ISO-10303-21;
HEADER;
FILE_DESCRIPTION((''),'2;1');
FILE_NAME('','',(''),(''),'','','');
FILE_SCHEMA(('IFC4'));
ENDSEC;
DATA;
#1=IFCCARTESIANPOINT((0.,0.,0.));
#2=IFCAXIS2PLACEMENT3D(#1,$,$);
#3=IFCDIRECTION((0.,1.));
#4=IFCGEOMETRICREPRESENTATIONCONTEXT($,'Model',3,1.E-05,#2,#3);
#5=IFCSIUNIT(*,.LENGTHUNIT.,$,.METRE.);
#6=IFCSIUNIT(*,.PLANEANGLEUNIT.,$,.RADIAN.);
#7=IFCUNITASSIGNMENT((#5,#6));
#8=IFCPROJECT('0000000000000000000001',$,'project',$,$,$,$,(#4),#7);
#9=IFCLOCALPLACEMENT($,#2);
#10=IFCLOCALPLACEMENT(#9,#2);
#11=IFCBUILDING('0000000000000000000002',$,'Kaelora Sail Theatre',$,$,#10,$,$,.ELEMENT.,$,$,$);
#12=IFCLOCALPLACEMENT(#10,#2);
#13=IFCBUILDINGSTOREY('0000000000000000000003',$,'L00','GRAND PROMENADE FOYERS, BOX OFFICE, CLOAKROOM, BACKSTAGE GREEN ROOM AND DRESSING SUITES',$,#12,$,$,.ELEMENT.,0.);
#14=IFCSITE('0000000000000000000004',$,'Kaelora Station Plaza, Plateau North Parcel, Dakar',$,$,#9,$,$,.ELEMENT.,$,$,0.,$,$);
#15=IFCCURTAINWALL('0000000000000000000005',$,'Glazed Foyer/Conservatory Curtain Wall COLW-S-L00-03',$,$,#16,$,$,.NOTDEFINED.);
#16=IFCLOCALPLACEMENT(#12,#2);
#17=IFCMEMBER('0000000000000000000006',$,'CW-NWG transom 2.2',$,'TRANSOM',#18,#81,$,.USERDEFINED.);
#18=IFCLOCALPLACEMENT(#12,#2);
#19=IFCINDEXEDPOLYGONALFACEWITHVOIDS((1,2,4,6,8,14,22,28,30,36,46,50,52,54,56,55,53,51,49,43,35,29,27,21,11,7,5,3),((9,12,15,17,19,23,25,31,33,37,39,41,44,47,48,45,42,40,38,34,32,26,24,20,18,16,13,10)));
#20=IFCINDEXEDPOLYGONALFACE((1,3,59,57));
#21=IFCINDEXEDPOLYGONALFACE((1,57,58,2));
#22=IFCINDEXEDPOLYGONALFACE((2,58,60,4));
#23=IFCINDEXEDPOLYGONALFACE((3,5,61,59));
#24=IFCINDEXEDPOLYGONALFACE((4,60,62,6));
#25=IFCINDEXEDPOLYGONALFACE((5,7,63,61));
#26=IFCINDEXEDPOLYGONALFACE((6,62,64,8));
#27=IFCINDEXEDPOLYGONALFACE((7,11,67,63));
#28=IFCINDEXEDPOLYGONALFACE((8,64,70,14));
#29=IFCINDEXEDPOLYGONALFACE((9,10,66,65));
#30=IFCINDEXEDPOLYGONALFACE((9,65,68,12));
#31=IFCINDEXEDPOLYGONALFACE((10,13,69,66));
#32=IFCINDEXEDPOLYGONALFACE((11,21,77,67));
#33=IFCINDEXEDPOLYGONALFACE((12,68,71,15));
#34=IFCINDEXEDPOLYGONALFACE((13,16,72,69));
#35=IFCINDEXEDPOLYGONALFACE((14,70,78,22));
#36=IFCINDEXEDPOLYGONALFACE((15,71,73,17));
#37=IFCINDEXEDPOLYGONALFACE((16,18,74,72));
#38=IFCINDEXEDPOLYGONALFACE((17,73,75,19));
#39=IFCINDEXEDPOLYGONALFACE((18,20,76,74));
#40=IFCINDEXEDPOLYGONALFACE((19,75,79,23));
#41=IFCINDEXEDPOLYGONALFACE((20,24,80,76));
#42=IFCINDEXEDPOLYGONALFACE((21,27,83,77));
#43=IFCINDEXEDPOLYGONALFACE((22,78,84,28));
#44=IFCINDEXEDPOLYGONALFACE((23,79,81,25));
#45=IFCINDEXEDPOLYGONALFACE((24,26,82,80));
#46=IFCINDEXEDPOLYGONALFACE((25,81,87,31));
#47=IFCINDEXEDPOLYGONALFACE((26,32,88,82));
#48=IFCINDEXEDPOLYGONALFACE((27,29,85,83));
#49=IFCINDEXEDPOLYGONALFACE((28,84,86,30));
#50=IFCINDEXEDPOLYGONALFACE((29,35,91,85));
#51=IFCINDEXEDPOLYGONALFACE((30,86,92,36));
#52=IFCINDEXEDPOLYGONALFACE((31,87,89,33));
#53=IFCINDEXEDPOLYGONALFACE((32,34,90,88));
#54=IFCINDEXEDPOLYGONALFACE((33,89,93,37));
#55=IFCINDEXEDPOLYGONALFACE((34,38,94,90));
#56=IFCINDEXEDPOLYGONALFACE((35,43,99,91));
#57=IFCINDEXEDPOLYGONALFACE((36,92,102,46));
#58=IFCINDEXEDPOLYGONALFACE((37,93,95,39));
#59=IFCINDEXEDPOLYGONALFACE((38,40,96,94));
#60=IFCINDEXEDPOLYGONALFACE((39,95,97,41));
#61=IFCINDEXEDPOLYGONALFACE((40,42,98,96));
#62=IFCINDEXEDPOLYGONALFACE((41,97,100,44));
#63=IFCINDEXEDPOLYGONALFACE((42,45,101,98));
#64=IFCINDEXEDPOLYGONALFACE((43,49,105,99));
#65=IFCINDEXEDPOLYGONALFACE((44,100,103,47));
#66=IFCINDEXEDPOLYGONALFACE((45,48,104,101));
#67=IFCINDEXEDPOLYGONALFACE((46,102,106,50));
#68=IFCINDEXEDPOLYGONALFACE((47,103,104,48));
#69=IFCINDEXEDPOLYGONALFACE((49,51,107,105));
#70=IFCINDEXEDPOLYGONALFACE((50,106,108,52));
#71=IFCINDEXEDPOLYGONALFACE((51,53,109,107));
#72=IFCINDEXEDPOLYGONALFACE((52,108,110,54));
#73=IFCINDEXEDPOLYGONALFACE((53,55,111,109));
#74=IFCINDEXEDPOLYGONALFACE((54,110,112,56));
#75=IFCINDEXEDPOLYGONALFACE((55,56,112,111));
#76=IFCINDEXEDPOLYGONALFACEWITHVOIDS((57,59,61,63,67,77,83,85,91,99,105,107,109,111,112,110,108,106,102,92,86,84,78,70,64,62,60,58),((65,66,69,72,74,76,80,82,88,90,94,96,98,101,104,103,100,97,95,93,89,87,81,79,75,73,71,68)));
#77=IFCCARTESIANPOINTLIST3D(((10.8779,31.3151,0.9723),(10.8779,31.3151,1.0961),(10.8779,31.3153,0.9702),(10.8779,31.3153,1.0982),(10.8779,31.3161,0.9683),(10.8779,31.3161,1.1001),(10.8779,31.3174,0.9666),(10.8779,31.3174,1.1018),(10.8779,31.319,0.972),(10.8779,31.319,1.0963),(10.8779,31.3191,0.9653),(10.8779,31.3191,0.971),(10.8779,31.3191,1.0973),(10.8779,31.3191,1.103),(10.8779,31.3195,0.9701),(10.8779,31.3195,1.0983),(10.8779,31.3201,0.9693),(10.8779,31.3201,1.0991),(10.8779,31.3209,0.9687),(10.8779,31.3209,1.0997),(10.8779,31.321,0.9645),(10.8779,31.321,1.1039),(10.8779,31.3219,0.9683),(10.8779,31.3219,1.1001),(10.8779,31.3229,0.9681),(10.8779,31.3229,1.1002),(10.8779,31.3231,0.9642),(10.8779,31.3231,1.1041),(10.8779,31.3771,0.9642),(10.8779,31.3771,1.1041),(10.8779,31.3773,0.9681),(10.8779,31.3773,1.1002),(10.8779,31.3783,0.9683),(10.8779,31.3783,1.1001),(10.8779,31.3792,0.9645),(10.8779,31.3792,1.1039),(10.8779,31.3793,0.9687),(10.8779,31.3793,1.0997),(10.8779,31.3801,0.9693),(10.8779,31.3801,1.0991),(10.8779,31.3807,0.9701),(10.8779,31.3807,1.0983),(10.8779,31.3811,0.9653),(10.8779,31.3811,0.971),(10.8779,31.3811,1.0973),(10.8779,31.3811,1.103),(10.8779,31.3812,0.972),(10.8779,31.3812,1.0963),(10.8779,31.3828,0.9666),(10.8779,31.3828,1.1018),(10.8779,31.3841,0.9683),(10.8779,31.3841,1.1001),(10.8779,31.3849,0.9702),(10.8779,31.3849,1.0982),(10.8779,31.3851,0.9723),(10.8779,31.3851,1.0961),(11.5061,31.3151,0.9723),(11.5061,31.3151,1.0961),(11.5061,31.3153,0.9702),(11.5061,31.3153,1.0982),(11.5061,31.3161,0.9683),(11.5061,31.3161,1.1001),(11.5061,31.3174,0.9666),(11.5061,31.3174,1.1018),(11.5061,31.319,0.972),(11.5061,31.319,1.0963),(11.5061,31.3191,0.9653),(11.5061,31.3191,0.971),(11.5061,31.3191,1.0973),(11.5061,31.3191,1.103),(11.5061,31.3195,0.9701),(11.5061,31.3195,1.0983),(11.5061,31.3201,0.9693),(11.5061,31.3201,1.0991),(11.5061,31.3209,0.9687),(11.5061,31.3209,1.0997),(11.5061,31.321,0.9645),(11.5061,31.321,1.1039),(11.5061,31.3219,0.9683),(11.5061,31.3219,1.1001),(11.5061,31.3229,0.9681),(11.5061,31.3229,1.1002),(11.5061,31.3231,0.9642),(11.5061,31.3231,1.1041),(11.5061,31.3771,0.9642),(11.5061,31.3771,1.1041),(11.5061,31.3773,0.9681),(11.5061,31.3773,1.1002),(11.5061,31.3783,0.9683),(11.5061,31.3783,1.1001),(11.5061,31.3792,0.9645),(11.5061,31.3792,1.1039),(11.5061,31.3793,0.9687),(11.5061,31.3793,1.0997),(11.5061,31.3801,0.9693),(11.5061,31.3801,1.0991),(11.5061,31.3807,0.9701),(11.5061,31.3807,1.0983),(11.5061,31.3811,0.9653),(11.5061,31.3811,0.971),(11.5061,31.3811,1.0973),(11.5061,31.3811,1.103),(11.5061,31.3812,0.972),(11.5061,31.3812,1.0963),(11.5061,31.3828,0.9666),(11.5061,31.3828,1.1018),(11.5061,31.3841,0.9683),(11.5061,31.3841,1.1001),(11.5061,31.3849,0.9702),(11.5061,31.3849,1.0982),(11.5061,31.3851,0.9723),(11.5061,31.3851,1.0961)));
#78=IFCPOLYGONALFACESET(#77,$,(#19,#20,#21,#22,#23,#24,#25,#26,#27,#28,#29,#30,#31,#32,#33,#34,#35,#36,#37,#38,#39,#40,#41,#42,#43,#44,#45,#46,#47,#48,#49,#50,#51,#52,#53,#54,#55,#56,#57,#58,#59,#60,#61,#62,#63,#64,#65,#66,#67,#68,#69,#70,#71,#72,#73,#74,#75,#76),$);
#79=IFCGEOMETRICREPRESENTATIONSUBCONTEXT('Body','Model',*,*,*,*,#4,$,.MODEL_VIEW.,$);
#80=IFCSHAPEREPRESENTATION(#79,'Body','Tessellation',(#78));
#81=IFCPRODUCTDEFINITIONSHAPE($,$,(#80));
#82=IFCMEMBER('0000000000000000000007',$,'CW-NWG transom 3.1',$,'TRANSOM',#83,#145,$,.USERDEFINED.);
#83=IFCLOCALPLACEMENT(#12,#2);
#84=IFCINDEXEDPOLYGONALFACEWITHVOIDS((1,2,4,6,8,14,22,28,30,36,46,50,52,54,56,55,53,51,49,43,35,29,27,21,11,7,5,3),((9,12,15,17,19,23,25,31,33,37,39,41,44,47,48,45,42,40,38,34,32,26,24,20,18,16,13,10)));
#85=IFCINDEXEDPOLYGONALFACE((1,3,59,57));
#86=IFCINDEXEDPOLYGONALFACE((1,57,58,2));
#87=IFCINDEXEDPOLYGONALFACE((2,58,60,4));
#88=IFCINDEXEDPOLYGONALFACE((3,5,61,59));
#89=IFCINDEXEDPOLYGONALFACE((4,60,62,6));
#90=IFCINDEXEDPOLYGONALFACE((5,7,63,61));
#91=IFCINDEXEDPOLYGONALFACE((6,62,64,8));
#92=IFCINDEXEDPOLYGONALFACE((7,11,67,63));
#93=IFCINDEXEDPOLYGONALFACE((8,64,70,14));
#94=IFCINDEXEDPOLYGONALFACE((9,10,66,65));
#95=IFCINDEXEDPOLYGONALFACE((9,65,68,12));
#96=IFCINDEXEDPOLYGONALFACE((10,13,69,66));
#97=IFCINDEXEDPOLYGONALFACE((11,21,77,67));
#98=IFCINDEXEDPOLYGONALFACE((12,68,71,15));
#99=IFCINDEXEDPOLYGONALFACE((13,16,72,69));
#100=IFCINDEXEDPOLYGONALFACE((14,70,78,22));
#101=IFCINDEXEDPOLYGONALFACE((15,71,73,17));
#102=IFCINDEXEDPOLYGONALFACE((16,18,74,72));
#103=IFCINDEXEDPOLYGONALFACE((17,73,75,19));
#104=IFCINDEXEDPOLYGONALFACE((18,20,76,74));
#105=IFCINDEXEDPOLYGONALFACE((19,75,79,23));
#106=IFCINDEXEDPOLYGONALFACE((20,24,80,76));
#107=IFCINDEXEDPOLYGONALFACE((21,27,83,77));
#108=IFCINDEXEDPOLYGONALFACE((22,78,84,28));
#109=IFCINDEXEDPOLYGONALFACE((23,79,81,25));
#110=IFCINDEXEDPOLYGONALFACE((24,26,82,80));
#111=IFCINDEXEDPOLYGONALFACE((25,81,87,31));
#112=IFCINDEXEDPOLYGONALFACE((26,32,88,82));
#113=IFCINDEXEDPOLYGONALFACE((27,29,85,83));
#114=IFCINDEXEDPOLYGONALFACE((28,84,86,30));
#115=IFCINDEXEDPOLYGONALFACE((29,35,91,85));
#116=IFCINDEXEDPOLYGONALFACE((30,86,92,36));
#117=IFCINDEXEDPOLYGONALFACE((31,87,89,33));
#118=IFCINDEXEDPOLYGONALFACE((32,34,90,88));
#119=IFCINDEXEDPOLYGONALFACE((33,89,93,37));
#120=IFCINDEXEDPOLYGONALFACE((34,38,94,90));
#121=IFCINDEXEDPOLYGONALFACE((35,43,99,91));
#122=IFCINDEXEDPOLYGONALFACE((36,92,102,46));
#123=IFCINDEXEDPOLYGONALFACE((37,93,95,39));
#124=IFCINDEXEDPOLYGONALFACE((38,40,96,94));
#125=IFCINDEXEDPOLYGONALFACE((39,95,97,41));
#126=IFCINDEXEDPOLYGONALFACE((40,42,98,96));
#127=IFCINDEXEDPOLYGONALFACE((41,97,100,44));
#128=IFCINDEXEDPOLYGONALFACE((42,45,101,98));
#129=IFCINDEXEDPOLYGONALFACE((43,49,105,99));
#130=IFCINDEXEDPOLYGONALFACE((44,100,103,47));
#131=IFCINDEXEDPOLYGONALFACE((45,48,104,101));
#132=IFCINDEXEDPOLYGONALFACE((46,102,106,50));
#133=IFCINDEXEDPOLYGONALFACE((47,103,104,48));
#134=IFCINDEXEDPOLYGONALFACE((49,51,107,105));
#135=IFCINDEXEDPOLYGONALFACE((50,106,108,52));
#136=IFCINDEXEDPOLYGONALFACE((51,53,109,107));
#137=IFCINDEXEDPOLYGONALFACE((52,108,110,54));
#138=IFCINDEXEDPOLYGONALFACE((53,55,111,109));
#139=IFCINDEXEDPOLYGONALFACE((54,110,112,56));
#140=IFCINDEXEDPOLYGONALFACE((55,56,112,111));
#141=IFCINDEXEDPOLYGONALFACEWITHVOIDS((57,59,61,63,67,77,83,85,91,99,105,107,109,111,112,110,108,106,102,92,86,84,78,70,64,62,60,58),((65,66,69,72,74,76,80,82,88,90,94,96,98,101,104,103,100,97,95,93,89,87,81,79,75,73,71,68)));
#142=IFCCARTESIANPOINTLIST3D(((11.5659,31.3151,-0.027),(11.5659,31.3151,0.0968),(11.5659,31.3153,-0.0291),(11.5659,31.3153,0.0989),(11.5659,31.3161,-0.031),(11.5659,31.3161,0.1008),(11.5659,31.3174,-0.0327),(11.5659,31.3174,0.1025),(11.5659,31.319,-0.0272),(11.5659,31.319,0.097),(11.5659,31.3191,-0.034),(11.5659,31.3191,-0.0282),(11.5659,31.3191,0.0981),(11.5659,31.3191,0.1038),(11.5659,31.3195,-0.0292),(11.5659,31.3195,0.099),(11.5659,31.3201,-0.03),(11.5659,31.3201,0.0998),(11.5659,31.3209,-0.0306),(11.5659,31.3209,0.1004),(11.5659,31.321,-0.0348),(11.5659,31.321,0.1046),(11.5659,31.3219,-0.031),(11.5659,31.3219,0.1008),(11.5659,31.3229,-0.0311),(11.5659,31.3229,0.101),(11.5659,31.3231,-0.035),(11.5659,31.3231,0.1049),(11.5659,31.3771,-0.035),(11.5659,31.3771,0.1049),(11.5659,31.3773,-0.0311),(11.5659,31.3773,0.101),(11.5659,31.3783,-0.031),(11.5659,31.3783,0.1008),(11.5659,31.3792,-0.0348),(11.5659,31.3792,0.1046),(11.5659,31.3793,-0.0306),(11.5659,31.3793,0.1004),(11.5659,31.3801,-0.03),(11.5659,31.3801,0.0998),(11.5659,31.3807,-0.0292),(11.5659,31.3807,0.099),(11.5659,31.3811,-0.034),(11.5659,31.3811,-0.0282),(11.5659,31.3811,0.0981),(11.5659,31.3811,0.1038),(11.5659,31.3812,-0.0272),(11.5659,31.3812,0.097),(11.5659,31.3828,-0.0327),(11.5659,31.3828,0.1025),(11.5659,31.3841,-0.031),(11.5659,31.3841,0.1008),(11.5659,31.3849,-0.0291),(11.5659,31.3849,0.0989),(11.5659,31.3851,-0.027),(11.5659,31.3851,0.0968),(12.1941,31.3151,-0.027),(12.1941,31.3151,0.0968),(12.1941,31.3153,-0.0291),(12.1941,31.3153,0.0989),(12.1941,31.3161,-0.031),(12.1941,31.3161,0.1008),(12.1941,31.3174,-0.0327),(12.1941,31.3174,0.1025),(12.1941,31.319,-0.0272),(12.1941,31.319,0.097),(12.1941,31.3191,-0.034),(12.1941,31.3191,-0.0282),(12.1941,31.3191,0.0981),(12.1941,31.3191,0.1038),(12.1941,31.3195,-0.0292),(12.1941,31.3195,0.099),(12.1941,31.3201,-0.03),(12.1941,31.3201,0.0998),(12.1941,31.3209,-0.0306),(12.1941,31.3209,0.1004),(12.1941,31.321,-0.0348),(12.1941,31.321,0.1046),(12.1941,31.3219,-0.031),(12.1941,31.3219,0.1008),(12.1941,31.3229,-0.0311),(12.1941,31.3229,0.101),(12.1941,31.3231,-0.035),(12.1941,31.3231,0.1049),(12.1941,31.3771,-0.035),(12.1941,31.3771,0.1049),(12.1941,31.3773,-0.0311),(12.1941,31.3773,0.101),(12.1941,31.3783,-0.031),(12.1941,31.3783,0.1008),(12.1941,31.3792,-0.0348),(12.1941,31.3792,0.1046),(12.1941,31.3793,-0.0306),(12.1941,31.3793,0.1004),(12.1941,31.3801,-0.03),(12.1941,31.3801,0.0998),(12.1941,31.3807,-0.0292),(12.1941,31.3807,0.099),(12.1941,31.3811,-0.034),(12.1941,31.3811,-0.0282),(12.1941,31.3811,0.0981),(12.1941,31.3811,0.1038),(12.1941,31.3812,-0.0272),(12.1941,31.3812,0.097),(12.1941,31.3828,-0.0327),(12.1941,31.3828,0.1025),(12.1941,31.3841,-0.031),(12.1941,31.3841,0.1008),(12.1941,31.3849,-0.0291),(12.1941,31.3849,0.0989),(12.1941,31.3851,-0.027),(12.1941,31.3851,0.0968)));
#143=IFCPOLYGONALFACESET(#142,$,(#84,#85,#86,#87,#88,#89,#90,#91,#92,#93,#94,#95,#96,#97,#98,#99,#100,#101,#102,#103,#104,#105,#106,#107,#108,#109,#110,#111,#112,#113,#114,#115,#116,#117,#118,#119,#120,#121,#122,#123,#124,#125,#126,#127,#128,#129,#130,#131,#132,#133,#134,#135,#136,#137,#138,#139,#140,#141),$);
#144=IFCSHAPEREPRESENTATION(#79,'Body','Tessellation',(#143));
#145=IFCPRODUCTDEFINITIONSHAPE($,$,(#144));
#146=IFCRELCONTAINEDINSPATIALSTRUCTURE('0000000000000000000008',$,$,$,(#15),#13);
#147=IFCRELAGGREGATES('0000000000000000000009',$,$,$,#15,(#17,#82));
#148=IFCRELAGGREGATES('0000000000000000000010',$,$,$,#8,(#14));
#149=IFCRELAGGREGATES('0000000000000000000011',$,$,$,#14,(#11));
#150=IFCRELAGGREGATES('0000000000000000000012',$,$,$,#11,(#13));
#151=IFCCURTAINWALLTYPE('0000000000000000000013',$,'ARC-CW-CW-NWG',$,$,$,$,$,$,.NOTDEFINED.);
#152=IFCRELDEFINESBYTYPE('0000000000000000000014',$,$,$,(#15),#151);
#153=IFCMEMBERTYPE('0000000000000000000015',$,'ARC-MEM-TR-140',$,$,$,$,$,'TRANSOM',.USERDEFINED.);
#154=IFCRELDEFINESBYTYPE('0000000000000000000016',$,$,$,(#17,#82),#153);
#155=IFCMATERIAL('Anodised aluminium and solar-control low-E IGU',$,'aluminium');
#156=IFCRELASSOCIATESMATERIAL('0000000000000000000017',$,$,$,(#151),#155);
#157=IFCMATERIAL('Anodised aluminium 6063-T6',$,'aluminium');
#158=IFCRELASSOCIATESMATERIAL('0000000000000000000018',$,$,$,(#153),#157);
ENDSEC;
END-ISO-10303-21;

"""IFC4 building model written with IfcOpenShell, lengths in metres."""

from ifc_helpers import new_model, si_unit, direction, frame, origin, origin_2d, place, context, subcontext, project, spatial, hollow_rectangle, extrude, material, material_profile, profile_set, type_object, element, aggregate, save


model = new_model("IFC4")

# Units and contexts
model_context = context("Model", 3, precision=1e-05, world=origin(), true_north=direction((0.0, 1.0)))
body_context = subcontext(model_context, "Body", "Model", "MODEL_VIEW")
ifc_project = project(units=[si_unit("LENGTHUNIT", "METRE"), si_unit("PLANEANGLEUNIT", "RADIAN")], contexts=[model_context])

# Site, building, storey
site_placement = place(None, origin())
site = spatial("IfcSite", under=ifc_project, at=site_placement, Name="Kaelora Station Plaza, Plateau North Parcel, Dakar", CompositionType="ELEMENT", RefElevation=0.0)
building_placement = place(site_placement, origin())
building = spatial("IfcBuilding", under=site, at=building_placement, Name="Kaelora Sail Theatre", CompositionType="ELEMENT")
storey_placement = place(building_placement, origin())
storey = spatial("IfcBuildingStorey", under=building, at=storey_placement, Name="L00", Description="GRAND PROMENADE FOYERS, BOX OFFICE, CLOAKROOM, BACKSTAGE GREEN ROOM AND DRESSING SUITES", CompositionType="ELEMENT", Elevation=0.0)

# Curtain wall
ifc_material_1 = material(Name="Anodised aluminium and solar-control low-E IGU", Category="aluminium")
curtain_wall_type = type_object("IfcCurtainWallType", Name="ARC-CW-CW-NWG", PredefinedType="NOTDEFINED", material=ifc_material_1)
curtain_wall_1_placement = place(storey_placement, origin())
curtain_wall_1 = element("IfcCurtainWall", 1, at=curtain_wall_1_placement, inside=storey, type_object=curtain_wall_type, Name="Glazed Foyer/Conservatory Curtain Wall COLW-S-L00-03", PredefinedType="NOTDEFINED")

# Members
ifc_material_2 = material(Name="Anodised aluminium 6063-T6", Category="aluminium")
ifc_material_profile_1 = material_profile(ifc_material_2, hollow_rectangle(XDim=0.0701, YDim=0.1399, WallThickness=0.0039, InnerFilletRadius=0.0039, OuterFilletRadius=0.0081, at=origin_2d()), Name="ALU-TRAN 70x140x4")
ifc_profile_set_1 = profile_set([ifc_material_profile_1], Name="Anodised aluminium 6063-T6")
member_type_1 = type_object("IfcMemberType", Name="ARC-MEM-TR-140", ElementType="TRANSOM", PredefinedType="USERDEFINED", material=ifc_profile_set_1)
member_1_placement = place(storey_placement, frame((10.8779, 31.3501, 1.0342), z_axis=(1.0, 0.0, 0.0), x_axis=(0.0, 1.0, 0.0)))
member_1 = element("IfcMember", 2, at=member_1_placement, type_object=member_type_1, Name="CW-NWG transom 2.2", ObjectType="TRANSOM", PredefinedType="USERDEFINED", context=body_context, shape_type="SweptSolid", body=[
    extrude(hollow_rectangle(XDim=0.0701, YDim=0.1399, WallThickness=0.0039, InnerFilletRadius=0.0039, OuterFilletRadius=0.0081, at=origin_2d()), origin(), (0.0, 0.0, 1.0), 0.6282),
])
member_2_placement = place(storey_placement, frame((11.5659, 31.3501, 0.0349), z_axis=(1.0, 0.0, 0.0), x_axis=(0.0, 1.0, 0.0)))
member_2 = element("IfcMember", 3, at=member_2_placement, type_object=member_type_1, Name="CW-NWG transom 3.1", ObjectType="TRANSOM", PredefinedType="USERDEFINED", context=body_context, shape_type="SweptSolid", body=[
    extrude(hollow_rectangle(XDim=0.0701, YDim=0.1399, WallThickness=0.0039, InnerFilletRadius=0.0039, OuterFilletRadius=0.0081, at=origin_2d()), origin(), (0.0, 0.0, 1.0), 0.6282),
])

aggregate(curtain_wall_1, [member_1, member_2])

save(model, "model.ifc")
